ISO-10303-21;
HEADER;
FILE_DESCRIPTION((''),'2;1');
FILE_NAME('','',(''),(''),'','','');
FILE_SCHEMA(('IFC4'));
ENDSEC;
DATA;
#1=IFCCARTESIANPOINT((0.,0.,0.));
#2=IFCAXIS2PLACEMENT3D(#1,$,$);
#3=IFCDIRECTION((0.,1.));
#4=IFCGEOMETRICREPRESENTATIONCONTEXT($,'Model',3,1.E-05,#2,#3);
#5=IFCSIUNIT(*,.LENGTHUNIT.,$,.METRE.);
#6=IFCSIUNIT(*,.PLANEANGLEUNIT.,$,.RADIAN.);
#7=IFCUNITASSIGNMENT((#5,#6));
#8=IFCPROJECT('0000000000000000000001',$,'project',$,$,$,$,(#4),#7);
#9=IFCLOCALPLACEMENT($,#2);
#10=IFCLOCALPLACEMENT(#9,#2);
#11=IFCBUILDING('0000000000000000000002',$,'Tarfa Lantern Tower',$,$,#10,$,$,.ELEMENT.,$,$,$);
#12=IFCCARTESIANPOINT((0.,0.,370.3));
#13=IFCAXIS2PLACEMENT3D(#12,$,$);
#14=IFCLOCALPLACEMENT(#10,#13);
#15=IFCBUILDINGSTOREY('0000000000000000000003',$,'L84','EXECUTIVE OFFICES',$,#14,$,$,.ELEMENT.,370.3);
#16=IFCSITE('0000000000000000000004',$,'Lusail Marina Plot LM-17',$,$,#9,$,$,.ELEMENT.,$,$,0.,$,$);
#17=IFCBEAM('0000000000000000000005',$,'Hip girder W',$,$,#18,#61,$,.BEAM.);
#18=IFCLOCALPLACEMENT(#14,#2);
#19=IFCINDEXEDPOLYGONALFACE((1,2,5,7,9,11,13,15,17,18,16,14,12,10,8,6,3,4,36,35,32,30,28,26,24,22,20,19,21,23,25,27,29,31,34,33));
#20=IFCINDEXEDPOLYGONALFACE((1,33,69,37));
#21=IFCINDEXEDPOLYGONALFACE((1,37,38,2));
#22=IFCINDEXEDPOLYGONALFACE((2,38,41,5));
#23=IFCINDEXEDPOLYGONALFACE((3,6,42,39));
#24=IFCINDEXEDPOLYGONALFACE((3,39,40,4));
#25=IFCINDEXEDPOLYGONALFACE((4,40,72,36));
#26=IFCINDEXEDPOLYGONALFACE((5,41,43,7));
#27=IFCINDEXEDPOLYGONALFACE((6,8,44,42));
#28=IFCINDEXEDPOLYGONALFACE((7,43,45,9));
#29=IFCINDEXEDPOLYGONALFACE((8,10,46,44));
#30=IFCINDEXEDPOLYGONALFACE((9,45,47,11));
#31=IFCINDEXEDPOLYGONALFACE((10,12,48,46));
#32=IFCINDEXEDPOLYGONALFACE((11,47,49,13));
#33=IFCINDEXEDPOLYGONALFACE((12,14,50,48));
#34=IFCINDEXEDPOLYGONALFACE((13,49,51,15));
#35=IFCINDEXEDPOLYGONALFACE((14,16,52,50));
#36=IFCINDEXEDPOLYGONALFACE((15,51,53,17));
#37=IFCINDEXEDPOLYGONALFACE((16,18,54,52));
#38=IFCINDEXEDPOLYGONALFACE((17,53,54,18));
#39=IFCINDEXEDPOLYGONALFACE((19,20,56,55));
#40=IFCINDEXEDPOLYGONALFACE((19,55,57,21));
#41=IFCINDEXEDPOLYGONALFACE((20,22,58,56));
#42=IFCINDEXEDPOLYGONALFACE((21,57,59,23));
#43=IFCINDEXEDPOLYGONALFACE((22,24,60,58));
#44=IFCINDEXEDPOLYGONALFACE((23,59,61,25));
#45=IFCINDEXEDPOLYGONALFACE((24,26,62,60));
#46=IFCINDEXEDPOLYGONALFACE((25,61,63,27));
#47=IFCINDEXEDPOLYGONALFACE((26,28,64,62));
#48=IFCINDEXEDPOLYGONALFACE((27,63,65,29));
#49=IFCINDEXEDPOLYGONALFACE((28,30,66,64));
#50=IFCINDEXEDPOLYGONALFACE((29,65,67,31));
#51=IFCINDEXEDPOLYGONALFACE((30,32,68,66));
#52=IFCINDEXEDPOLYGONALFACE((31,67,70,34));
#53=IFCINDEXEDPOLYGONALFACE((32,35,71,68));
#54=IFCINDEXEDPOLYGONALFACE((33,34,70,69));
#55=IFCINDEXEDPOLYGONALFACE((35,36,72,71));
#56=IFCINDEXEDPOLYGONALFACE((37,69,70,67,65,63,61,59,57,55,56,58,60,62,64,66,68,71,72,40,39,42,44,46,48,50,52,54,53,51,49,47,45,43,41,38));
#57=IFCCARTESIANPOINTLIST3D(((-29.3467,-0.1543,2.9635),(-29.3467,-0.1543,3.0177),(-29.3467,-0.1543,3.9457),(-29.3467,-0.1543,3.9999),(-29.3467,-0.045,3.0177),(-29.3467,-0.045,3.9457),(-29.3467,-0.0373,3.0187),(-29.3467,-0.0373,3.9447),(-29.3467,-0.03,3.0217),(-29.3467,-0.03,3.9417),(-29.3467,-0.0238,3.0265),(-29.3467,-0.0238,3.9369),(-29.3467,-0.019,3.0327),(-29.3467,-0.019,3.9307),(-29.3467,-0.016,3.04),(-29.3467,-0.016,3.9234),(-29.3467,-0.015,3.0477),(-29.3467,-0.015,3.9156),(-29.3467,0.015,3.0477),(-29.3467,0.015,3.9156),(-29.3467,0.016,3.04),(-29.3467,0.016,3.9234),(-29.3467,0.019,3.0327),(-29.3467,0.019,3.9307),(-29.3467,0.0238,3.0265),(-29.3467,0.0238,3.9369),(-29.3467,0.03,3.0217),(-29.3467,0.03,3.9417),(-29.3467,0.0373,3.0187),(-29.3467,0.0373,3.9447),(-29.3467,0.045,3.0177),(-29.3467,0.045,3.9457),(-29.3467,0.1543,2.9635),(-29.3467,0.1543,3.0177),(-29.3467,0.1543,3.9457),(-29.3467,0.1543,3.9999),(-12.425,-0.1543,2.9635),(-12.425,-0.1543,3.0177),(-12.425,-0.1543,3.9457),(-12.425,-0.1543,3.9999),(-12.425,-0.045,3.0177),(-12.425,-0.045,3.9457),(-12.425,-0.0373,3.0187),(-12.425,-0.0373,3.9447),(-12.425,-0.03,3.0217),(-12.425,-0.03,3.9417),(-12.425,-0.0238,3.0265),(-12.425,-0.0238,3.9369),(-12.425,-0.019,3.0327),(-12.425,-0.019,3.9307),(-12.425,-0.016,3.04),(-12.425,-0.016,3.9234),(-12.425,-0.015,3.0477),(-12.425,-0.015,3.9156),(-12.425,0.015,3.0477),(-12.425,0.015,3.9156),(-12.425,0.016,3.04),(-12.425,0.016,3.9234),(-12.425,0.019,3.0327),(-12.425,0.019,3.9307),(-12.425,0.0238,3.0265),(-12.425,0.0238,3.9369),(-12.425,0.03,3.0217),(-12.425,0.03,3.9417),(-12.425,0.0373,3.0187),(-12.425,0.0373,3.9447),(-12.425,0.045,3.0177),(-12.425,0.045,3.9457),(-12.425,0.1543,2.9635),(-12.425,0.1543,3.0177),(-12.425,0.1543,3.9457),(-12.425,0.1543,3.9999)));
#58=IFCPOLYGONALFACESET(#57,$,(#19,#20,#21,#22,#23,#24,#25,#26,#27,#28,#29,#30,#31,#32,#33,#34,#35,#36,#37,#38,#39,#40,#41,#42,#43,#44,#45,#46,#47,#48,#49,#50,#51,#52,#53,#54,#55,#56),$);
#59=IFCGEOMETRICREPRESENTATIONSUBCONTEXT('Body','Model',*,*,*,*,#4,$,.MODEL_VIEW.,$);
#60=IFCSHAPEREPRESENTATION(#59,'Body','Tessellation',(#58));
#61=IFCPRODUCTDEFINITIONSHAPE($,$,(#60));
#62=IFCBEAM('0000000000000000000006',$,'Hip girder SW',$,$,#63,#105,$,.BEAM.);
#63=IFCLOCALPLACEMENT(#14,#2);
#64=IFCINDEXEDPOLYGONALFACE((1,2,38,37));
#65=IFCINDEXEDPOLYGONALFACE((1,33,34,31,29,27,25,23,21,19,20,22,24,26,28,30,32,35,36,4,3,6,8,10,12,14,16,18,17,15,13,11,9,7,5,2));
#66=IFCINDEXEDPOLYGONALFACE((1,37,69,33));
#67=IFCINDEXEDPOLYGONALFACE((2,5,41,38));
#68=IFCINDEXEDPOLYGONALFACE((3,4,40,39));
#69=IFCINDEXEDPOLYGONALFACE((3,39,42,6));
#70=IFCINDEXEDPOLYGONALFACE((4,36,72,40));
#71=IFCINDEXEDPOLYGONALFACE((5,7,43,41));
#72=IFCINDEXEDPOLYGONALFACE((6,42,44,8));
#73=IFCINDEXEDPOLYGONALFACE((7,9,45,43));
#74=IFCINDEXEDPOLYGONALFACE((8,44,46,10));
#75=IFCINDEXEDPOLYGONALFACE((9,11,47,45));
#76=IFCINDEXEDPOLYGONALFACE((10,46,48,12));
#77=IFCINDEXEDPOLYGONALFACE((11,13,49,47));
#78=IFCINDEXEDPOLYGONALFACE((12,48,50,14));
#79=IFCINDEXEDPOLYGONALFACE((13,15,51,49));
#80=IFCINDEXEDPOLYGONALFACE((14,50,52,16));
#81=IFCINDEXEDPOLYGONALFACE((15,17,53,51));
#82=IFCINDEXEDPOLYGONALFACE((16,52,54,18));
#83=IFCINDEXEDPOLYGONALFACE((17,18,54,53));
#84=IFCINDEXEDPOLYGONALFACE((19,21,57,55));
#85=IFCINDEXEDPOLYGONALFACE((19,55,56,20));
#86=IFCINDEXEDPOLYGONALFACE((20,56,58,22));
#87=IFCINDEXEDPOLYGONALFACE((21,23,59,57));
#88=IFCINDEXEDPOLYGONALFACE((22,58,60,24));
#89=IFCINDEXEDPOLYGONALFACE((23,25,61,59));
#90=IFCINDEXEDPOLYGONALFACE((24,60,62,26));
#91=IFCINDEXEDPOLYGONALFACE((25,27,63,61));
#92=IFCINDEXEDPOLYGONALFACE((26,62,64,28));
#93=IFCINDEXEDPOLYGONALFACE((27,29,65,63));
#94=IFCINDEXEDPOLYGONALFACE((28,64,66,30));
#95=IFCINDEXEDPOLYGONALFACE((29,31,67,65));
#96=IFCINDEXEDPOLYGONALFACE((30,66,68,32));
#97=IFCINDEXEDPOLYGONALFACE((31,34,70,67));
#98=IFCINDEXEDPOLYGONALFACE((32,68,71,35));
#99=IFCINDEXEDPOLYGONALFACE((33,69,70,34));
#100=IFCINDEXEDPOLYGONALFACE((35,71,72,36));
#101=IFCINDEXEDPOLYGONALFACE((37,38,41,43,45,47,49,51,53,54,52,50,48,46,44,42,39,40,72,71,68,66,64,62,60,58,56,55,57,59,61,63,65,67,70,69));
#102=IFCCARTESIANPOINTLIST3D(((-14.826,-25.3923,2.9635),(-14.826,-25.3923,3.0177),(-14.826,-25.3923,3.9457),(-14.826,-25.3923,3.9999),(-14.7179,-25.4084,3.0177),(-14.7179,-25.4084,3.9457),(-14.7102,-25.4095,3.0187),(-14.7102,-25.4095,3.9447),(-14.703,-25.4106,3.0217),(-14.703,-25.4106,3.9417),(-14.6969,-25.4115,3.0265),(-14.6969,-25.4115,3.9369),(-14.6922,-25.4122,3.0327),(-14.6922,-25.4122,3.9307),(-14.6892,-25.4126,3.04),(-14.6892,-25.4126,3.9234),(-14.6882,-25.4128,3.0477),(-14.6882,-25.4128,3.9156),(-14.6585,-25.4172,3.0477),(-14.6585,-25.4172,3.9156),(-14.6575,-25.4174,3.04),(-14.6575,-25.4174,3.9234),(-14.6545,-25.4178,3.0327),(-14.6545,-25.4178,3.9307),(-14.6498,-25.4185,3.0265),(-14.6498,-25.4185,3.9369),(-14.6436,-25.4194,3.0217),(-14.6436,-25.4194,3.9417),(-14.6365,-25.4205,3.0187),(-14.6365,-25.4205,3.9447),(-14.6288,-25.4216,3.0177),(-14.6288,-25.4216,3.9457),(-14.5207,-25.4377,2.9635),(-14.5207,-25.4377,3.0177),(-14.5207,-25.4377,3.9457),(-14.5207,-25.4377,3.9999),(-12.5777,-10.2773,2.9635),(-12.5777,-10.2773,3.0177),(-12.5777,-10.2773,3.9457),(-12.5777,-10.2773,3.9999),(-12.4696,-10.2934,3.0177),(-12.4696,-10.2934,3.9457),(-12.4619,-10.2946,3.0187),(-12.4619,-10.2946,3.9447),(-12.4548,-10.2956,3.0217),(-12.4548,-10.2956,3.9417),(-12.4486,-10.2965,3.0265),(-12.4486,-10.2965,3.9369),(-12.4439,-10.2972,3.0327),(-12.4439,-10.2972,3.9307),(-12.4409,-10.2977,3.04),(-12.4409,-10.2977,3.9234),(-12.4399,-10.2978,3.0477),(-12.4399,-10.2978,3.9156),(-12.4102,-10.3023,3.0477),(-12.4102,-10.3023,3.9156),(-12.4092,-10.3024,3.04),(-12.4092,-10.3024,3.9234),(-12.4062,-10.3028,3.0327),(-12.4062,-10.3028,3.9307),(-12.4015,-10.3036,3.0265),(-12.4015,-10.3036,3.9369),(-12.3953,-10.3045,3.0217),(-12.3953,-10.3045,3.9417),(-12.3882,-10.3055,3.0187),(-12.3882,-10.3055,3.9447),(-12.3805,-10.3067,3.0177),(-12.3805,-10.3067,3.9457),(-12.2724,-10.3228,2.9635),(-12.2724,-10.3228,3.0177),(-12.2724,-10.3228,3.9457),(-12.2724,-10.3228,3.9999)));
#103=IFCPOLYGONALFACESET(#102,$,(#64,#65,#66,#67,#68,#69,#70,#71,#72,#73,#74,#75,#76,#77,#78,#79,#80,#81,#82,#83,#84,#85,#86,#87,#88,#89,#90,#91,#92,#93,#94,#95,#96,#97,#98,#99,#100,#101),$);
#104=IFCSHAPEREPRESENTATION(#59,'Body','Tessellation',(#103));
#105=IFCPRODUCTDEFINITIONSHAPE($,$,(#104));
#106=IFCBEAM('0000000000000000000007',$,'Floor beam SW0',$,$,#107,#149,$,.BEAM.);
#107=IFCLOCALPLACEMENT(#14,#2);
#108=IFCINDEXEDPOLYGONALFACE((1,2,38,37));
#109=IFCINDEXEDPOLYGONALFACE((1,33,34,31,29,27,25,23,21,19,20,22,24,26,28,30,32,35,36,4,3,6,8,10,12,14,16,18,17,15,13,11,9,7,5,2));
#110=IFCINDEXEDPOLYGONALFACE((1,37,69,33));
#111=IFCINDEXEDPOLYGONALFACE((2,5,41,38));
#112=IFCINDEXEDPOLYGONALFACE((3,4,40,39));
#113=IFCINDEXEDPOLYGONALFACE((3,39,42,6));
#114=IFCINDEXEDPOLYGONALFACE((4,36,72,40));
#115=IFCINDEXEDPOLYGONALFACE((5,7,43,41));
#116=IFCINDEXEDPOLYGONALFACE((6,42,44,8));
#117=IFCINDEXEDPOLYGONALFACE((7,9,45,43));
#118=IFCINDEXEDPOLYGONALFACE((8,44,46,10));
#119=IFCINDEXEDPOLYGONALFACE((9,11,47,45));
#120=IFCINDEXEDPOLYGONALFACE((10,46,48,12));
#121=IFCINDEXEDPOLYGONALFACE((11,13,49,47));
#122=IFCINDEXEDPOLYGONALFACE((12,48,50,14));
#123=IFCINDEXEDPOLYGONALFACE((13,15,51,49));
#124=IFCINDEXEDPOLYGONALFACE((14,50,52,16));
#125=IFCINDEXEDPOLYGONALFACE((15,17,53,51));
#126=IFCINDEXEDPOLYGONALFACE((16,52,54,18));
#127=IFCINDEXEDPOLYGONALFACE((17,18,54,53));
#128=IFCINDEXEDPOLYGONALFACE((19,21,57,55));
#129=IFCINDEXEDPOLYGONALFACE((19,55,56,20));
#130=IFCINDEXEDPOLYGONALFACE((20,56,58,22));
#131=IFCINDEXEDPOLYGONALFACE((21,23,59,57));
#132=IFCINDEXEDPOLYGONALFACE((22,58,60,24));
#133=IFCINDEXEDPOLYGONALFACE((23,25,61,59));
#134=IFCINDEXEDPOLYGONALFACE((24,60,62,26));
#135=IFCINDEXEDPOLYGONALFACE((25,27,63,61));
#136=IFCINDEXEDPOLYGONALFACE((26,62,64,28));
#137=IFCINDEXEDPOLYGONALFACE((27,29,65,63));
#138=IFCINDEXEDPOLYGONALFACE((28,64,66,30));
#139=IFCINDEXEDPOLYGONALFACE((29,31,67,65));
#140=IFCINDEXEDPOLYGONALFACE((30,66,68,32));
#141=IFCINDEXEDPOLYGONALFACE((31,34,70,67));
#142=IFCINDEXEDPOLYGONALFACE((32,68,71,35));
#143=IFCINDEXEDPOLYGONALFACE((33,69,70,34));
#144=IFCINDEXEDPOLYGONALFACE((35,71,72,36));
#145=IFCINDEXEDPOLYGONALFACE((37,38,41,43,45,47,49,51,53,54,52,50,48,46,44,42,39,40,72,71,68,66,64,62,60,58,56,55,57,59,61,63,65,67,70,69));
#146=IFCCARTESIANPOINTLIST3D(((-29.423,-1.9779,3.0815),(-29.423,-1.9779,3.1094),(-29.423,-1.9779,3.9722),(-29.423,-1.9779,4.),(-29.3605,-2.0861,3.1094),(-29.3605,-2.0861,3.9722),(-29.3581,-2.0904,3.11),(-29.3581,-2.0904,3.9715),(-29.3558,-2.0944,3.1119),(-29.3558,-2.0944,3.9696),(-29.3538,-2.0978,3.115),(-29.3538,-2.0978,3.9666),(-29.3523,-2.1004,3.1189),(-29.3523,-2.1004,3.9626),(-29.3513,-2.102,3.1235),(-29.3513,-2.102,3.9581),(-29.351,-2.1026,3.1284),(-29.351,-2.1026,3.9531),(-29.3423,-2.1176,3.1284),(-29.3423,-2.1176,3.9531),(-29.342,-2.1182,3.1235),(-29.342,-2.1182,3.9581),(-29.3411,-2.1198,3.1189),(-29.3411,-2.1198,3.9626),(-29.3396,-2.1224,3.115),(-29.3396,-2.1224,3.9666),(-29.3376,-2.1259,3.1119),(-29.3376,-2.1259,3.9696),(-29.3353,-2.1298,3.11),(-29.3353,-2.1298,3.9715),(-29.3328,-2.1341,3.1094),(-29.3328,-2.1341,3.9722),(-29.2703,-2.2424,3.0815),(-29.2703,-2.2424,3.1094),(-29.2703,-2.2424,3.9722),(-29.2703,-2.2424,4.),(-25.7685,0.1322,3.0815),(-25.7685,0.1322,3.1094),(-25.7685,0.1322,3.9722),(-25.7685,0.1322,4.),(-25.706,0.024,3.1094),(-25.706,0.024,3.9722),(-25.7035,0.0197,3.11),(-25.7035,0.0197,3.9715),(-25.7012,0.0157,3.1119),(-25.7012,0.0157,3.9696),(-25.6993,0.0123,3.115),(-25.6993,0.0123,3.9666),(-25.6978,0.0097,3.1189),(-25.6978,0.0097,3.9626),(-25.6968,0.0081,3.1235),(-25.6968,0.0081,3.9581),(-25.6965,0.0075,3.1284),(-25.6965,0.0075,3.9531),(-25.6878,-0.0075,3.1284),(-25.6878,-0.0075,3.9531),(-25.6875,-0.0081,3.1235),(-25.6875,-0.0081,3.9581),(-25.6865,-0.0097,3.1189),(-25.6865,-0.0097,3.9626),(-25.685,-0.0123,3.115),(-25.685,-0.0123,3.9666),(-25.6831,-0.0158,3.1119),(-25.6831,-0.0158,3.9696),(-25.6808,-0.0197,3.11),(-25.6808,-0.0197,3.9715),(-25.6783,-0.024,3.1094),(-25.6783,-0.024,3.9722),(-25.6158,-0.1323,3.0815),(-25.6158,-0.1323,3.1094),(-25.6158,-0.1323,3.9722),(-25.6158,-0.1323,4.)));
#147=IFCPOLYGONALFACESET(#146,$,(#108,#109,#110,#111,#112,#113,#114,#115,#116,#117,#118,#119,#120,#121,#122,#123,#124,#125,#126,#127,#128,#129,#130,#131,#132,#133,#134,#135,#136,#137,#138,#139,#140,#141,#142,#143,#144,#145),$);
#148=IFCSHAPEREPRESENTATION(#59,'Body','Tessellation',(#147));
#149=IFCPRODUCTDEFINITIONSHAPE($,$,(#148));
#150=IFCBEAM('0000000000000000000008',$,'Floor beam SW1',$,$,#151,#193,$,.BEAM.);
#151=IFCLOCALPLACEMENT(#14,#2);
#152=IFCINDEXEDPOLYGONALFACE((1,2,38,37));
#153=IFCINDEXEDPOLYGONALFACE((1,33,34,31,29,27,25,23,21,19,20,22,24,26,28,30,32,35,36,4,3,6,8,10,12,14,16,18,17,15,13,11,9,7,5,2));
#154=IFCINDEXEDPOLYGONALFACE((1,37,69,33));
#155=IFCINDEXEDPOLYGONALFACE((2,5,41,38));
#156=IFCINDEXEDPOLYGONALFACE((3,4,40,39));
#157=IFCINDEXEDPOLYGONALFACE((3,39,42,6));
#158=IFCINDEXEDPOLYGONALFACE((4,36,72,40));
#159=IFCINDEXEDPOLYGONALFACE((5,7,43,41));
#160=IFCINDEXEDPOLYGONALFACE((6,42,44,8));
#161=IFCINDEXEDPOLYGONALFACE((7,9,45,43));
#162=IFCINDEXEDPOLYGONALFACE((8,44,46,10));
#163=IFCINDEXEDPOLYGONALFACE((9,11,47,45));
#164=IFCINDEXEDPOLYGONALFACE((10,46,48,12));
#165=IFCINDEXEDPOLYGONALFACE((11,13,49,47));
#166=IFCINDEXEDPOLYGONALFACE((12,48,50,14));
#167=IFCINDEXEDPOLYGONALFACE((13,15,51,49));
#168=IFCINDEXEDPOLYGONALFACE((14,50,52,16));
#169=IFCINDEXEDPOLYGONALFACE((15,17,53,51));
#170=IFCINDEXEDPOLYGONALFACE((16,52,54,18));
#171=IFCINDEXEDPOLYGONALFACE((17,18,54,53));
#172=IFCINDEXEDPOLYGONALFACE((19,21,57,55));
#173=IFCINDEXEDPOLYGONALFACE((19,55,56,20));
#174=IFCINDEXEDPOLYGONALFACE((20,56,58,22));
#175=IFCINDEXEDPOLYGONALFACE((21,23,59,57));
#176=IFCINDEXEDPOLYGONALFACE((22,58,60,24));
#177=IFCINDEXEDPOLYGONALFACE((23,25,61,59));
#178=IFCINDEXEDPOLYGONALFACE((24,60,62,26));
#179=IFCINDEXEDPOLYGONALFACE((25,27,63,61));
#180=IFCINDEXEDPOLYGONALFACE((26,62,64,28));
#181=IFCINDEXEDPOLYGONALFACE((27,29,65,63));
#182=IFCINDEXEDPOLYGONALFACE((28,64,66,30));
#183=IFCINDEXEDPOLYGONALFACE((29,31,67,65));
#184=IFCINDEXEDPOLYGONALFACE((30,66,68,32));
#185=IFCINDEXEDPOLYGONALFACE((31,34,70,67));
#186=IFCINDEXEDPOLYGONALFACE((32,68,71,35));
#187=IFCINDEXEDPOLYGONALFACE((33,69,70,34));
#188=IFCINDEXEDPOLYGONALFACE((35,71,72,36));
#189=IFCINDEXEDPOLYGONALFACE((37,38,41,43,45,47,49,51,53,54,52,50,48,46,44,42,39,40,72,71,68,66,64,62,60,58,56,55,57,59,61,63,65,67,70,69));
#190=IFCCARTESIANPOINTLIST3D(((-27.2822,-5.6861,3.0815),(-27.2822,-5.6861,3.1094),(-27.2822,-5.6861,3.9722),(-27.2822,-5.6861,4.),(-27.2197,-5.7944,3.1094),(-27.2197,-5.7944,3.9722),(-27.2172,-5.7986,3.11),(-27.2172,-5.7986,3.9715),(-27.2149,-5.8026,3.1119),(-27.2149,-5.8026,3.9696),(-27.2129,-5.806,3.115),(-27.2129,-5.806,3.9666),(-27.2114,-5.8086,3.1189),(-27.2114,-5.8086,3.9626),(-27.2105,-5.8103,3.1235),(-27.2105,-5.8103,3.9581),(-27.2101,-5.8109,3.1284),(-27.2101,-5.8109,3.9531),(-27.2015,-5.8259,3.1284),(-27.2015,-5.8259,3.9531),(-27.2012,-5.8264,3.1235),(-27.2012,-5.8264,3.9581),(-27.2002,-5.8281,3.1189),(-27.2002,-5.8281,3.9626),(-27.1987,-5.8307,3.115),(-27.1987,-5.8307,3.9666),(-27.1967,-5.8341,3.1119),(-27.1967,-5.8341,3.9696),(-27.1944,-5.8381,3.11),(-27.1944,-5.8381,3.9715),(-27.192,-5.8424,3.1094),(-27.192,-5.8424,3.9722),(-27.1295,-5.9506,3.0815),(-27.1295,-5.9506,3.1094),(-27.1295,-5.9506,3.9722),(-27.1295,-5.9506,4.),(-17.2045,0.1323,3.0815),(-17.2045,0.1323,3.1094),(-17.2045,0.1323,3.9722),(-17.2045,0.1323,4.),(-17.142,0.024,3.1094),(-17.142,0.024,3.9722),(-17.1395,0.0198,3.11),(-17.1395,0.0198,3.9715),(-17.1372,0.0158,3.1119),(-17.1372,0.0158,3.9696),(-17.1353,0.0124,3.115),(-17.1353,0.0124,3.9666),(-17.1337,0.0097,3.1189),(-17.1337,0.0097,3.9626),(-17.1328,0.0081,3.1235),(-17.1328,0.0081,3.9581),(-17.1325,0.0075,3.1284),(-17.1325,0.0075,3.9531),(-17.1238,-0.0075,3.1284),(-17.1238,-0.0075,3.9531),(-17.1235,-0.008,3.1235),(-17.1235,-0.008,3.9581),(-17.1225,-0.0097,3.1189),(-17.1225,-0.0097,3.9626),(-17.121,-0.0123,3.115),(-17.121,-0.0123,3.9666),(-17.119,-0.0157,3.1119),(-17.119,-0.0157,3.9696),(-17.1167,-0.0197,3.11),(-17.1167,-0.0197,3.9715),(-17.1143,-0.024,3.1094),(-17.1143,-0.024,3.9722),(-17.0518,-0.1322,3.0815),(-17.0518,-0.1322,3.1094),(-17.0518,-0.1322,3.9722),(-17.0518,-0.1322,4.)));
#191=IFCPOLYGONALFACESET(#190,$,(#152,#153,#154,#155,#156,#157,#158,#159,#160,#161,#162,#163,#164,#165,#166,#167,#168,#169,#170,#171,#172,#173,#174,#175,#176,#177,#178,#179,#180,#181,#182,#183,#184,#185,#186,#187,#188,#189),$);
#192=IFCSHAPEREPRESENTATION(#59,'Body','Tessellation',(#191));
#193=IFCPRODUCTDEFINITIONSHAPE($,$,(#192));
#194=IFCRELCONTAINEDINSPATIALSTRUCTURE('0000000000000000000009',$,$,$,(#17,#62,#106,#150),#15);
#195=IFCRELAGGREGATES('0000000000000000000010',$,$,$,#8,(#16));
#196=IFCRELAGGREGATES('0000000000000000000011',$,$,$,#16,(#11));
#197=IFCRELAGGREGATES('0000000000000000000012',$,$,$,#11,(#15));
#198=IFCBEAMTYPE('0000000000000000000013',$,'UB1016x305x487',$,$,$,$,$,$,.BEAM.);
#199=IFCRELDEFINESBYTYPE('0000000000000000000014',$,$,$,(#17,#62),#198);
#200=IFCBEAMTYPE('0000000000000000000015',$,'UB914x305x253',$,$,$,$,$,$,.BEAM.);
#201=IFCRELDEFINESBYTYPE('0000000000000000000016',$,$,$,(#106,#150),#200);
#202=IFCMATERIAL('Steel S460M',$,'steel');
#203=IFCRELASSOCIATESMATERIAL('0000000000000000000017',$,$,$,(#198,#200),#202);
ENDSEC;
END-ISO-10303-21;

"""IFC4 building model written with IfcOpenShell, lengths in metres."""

from ifc_helpers import new_model, si_unit, direction, frame, origin, origin_2d, place, context, subcontext, project, spatial, i_section, extrude, material, material_profile, profile_set, type_object, element, save


model = new_model("IFC4")

# Units and contexts
model_context = context("Model", 3, precision=1e-05, world=origin(), true_north=direction((0.0, 1.0)))
body_context = subcontext(model_context, "Body", "Model", "MODEL_VIEW")
ifc_project = project(units=[si_unit("LENGTHUNIT", "METRE"), si_unit("PLANEANGLEUNIT", "RADIAN")], contexts=[model_context])

# Site, building, storey
site_placement = place(None, origin())
site = spatial("IfcSite", under=ifc_project, at=site_placement, Name="Lusail Marina Plot LM-17", CompositionType="ELEMENT", RefElevation=0.0)
building_placement = place(site_placement, origin())
building = spatial("IfcBuilding", under=site, at=building_placement, Name="Tarfa Lantern Tower", CompositionType="ELEMENT")
storey_placement = place(building_placement, frame((0.0, 0.0, 370.3)))
storey = spatial("IfcBuildingStorey", under=building, at=storey_placement, Name="L84", Description="EXECUTIVE OFFICES", CompositionType="ELEMENT", Elevation=370.3)

# Beams
ifc_material_1 = material(Name="Steel S460M", Category="steel")
ifc_material_profile_1 = material_profile(ifc_material_1, i_section(OverallWidth=0.3086, OverallDepth=1.0364, WebThickness=0.03, FlangeThickness=0.0542, FilletRadius=0.03, at=origin_2d()), Name="UB1016x305x487")
ifc_profile_set_1 = profile_set([ifc_material_profile_1], Name="Steel S460M")
beam_type_1 = type_object("IfcBeamType", Name="UB1016x305x487", PredefinedType="BEAM", material=ifc_profile_set_1)
beam_1_placement = place(storey_placement, frame((-12.425, 0.0, 3.4817), z_axis=(-1.0, 0.0, 0.0), x_axis=(0.0, -1.0, 0.0)))
element("IfcBeam", 1, at=beam_1_placement, inside=storey, type_object=beam_type_1, Name="Hip girder W", PredefinedType="BEAM", context=body_context, shape_type="SweptSolid", body=[
    extrude(i_section(OverallWidth=0.3086, OverallDepth=1.0364, WebThickness=0.03, FlangeThickness=0.0542, FilletRadius=0.03, at=origin_2d()), origin(), (0.0, 0.0, 1.0), 16.9216),
])
beam_2_placement = place(storey_placement, frame((-12.425, -10.3, 3.4817), z_axis=(-0.147127, -0.989118, 0.0), x_axis=(0.989118, -0.147127, 0.0)))
element("IfcBeam", 2, at=beam_2_placement, inside=storey, type_object=beam_type_1, Name="Hip girder SW", PredefinedType="BEAM", context=body_context, shape_type="SweptSolid", body=[
    extrude(i_section(OverallWidth=0.3086, OverallDepth=1.0364, WebThickness=0.03, FlangeThickness=0.0542, FilletRadius=0.03, at=origin_2d()), origin(), (0.0, 0.0, 1.0), 15.2812),
])
ifc_material_profile_2 = material_profile(ifc_material_1, i_section(OverallWidth=0.3054, OverallDepth=0.9185, WebThickness=0.0173, FlangeThickness=0.0278, FilletRadius=0.019, at=origin_2d()), Name="UB914x305x253")
ifc_profile_set_2 = profile_set([ifc_material_profile_2], Name="Steel S460M")
beam_type_2 = type_object("IfcBeamType", Name="UB914x305x253", PredefinedType="BEAM", material=ifc_profile_set_2)
beam_3_placement = place(storey_placement, frame((-29.3467, -2.1101, 3.5408), z_axis=(0.866009, 0.500028, 0.0), x_axis=(-0.500028, 0.866009, 0.0)))
element("IfcBeam", 3, at=beam_3_placement, inside=storey, type_object=beam_type_2, Name="Floor beam SW0", PredefinedType="BEAM", context=body_context, shape_type="SweptSolid", body=[
    extrude(i_section(OverallWidth=0.3054, OverallDepth=0.9185, WebThickness=0.0173, FlangeThickness=0.0278, FilletRadius=0.019, at=origin_2d()), origin(), (0.0, 0.0, 1.0), 4.22),
])
beam_4_placement = place(storey_placement, frame((-27.2058, -5.8184, 3.5408), z_axis=(0.866024, 0.500002, 0.0), x_axis=(-0.500002, 0.866024, 0.0)))
element("IfcBeam", 4, at=beam_4_placement, inside=storey, type_object=beam_type_2, Name="Floor beam SW1", PredefinedType="BEAM", context=body_context, shape_type="SweptSolid", body=[
    extrude(i_section(OverallWidth=0.3054, OverallDepth=0.9185, WebThickness=0.0173, FlangeThickness=0.0278, FilletRadius=0.019, at=origin_2d()), origin(), (0.0, 0.0, 1.0), 11.6367),
])

save(model, "model.ifc")
